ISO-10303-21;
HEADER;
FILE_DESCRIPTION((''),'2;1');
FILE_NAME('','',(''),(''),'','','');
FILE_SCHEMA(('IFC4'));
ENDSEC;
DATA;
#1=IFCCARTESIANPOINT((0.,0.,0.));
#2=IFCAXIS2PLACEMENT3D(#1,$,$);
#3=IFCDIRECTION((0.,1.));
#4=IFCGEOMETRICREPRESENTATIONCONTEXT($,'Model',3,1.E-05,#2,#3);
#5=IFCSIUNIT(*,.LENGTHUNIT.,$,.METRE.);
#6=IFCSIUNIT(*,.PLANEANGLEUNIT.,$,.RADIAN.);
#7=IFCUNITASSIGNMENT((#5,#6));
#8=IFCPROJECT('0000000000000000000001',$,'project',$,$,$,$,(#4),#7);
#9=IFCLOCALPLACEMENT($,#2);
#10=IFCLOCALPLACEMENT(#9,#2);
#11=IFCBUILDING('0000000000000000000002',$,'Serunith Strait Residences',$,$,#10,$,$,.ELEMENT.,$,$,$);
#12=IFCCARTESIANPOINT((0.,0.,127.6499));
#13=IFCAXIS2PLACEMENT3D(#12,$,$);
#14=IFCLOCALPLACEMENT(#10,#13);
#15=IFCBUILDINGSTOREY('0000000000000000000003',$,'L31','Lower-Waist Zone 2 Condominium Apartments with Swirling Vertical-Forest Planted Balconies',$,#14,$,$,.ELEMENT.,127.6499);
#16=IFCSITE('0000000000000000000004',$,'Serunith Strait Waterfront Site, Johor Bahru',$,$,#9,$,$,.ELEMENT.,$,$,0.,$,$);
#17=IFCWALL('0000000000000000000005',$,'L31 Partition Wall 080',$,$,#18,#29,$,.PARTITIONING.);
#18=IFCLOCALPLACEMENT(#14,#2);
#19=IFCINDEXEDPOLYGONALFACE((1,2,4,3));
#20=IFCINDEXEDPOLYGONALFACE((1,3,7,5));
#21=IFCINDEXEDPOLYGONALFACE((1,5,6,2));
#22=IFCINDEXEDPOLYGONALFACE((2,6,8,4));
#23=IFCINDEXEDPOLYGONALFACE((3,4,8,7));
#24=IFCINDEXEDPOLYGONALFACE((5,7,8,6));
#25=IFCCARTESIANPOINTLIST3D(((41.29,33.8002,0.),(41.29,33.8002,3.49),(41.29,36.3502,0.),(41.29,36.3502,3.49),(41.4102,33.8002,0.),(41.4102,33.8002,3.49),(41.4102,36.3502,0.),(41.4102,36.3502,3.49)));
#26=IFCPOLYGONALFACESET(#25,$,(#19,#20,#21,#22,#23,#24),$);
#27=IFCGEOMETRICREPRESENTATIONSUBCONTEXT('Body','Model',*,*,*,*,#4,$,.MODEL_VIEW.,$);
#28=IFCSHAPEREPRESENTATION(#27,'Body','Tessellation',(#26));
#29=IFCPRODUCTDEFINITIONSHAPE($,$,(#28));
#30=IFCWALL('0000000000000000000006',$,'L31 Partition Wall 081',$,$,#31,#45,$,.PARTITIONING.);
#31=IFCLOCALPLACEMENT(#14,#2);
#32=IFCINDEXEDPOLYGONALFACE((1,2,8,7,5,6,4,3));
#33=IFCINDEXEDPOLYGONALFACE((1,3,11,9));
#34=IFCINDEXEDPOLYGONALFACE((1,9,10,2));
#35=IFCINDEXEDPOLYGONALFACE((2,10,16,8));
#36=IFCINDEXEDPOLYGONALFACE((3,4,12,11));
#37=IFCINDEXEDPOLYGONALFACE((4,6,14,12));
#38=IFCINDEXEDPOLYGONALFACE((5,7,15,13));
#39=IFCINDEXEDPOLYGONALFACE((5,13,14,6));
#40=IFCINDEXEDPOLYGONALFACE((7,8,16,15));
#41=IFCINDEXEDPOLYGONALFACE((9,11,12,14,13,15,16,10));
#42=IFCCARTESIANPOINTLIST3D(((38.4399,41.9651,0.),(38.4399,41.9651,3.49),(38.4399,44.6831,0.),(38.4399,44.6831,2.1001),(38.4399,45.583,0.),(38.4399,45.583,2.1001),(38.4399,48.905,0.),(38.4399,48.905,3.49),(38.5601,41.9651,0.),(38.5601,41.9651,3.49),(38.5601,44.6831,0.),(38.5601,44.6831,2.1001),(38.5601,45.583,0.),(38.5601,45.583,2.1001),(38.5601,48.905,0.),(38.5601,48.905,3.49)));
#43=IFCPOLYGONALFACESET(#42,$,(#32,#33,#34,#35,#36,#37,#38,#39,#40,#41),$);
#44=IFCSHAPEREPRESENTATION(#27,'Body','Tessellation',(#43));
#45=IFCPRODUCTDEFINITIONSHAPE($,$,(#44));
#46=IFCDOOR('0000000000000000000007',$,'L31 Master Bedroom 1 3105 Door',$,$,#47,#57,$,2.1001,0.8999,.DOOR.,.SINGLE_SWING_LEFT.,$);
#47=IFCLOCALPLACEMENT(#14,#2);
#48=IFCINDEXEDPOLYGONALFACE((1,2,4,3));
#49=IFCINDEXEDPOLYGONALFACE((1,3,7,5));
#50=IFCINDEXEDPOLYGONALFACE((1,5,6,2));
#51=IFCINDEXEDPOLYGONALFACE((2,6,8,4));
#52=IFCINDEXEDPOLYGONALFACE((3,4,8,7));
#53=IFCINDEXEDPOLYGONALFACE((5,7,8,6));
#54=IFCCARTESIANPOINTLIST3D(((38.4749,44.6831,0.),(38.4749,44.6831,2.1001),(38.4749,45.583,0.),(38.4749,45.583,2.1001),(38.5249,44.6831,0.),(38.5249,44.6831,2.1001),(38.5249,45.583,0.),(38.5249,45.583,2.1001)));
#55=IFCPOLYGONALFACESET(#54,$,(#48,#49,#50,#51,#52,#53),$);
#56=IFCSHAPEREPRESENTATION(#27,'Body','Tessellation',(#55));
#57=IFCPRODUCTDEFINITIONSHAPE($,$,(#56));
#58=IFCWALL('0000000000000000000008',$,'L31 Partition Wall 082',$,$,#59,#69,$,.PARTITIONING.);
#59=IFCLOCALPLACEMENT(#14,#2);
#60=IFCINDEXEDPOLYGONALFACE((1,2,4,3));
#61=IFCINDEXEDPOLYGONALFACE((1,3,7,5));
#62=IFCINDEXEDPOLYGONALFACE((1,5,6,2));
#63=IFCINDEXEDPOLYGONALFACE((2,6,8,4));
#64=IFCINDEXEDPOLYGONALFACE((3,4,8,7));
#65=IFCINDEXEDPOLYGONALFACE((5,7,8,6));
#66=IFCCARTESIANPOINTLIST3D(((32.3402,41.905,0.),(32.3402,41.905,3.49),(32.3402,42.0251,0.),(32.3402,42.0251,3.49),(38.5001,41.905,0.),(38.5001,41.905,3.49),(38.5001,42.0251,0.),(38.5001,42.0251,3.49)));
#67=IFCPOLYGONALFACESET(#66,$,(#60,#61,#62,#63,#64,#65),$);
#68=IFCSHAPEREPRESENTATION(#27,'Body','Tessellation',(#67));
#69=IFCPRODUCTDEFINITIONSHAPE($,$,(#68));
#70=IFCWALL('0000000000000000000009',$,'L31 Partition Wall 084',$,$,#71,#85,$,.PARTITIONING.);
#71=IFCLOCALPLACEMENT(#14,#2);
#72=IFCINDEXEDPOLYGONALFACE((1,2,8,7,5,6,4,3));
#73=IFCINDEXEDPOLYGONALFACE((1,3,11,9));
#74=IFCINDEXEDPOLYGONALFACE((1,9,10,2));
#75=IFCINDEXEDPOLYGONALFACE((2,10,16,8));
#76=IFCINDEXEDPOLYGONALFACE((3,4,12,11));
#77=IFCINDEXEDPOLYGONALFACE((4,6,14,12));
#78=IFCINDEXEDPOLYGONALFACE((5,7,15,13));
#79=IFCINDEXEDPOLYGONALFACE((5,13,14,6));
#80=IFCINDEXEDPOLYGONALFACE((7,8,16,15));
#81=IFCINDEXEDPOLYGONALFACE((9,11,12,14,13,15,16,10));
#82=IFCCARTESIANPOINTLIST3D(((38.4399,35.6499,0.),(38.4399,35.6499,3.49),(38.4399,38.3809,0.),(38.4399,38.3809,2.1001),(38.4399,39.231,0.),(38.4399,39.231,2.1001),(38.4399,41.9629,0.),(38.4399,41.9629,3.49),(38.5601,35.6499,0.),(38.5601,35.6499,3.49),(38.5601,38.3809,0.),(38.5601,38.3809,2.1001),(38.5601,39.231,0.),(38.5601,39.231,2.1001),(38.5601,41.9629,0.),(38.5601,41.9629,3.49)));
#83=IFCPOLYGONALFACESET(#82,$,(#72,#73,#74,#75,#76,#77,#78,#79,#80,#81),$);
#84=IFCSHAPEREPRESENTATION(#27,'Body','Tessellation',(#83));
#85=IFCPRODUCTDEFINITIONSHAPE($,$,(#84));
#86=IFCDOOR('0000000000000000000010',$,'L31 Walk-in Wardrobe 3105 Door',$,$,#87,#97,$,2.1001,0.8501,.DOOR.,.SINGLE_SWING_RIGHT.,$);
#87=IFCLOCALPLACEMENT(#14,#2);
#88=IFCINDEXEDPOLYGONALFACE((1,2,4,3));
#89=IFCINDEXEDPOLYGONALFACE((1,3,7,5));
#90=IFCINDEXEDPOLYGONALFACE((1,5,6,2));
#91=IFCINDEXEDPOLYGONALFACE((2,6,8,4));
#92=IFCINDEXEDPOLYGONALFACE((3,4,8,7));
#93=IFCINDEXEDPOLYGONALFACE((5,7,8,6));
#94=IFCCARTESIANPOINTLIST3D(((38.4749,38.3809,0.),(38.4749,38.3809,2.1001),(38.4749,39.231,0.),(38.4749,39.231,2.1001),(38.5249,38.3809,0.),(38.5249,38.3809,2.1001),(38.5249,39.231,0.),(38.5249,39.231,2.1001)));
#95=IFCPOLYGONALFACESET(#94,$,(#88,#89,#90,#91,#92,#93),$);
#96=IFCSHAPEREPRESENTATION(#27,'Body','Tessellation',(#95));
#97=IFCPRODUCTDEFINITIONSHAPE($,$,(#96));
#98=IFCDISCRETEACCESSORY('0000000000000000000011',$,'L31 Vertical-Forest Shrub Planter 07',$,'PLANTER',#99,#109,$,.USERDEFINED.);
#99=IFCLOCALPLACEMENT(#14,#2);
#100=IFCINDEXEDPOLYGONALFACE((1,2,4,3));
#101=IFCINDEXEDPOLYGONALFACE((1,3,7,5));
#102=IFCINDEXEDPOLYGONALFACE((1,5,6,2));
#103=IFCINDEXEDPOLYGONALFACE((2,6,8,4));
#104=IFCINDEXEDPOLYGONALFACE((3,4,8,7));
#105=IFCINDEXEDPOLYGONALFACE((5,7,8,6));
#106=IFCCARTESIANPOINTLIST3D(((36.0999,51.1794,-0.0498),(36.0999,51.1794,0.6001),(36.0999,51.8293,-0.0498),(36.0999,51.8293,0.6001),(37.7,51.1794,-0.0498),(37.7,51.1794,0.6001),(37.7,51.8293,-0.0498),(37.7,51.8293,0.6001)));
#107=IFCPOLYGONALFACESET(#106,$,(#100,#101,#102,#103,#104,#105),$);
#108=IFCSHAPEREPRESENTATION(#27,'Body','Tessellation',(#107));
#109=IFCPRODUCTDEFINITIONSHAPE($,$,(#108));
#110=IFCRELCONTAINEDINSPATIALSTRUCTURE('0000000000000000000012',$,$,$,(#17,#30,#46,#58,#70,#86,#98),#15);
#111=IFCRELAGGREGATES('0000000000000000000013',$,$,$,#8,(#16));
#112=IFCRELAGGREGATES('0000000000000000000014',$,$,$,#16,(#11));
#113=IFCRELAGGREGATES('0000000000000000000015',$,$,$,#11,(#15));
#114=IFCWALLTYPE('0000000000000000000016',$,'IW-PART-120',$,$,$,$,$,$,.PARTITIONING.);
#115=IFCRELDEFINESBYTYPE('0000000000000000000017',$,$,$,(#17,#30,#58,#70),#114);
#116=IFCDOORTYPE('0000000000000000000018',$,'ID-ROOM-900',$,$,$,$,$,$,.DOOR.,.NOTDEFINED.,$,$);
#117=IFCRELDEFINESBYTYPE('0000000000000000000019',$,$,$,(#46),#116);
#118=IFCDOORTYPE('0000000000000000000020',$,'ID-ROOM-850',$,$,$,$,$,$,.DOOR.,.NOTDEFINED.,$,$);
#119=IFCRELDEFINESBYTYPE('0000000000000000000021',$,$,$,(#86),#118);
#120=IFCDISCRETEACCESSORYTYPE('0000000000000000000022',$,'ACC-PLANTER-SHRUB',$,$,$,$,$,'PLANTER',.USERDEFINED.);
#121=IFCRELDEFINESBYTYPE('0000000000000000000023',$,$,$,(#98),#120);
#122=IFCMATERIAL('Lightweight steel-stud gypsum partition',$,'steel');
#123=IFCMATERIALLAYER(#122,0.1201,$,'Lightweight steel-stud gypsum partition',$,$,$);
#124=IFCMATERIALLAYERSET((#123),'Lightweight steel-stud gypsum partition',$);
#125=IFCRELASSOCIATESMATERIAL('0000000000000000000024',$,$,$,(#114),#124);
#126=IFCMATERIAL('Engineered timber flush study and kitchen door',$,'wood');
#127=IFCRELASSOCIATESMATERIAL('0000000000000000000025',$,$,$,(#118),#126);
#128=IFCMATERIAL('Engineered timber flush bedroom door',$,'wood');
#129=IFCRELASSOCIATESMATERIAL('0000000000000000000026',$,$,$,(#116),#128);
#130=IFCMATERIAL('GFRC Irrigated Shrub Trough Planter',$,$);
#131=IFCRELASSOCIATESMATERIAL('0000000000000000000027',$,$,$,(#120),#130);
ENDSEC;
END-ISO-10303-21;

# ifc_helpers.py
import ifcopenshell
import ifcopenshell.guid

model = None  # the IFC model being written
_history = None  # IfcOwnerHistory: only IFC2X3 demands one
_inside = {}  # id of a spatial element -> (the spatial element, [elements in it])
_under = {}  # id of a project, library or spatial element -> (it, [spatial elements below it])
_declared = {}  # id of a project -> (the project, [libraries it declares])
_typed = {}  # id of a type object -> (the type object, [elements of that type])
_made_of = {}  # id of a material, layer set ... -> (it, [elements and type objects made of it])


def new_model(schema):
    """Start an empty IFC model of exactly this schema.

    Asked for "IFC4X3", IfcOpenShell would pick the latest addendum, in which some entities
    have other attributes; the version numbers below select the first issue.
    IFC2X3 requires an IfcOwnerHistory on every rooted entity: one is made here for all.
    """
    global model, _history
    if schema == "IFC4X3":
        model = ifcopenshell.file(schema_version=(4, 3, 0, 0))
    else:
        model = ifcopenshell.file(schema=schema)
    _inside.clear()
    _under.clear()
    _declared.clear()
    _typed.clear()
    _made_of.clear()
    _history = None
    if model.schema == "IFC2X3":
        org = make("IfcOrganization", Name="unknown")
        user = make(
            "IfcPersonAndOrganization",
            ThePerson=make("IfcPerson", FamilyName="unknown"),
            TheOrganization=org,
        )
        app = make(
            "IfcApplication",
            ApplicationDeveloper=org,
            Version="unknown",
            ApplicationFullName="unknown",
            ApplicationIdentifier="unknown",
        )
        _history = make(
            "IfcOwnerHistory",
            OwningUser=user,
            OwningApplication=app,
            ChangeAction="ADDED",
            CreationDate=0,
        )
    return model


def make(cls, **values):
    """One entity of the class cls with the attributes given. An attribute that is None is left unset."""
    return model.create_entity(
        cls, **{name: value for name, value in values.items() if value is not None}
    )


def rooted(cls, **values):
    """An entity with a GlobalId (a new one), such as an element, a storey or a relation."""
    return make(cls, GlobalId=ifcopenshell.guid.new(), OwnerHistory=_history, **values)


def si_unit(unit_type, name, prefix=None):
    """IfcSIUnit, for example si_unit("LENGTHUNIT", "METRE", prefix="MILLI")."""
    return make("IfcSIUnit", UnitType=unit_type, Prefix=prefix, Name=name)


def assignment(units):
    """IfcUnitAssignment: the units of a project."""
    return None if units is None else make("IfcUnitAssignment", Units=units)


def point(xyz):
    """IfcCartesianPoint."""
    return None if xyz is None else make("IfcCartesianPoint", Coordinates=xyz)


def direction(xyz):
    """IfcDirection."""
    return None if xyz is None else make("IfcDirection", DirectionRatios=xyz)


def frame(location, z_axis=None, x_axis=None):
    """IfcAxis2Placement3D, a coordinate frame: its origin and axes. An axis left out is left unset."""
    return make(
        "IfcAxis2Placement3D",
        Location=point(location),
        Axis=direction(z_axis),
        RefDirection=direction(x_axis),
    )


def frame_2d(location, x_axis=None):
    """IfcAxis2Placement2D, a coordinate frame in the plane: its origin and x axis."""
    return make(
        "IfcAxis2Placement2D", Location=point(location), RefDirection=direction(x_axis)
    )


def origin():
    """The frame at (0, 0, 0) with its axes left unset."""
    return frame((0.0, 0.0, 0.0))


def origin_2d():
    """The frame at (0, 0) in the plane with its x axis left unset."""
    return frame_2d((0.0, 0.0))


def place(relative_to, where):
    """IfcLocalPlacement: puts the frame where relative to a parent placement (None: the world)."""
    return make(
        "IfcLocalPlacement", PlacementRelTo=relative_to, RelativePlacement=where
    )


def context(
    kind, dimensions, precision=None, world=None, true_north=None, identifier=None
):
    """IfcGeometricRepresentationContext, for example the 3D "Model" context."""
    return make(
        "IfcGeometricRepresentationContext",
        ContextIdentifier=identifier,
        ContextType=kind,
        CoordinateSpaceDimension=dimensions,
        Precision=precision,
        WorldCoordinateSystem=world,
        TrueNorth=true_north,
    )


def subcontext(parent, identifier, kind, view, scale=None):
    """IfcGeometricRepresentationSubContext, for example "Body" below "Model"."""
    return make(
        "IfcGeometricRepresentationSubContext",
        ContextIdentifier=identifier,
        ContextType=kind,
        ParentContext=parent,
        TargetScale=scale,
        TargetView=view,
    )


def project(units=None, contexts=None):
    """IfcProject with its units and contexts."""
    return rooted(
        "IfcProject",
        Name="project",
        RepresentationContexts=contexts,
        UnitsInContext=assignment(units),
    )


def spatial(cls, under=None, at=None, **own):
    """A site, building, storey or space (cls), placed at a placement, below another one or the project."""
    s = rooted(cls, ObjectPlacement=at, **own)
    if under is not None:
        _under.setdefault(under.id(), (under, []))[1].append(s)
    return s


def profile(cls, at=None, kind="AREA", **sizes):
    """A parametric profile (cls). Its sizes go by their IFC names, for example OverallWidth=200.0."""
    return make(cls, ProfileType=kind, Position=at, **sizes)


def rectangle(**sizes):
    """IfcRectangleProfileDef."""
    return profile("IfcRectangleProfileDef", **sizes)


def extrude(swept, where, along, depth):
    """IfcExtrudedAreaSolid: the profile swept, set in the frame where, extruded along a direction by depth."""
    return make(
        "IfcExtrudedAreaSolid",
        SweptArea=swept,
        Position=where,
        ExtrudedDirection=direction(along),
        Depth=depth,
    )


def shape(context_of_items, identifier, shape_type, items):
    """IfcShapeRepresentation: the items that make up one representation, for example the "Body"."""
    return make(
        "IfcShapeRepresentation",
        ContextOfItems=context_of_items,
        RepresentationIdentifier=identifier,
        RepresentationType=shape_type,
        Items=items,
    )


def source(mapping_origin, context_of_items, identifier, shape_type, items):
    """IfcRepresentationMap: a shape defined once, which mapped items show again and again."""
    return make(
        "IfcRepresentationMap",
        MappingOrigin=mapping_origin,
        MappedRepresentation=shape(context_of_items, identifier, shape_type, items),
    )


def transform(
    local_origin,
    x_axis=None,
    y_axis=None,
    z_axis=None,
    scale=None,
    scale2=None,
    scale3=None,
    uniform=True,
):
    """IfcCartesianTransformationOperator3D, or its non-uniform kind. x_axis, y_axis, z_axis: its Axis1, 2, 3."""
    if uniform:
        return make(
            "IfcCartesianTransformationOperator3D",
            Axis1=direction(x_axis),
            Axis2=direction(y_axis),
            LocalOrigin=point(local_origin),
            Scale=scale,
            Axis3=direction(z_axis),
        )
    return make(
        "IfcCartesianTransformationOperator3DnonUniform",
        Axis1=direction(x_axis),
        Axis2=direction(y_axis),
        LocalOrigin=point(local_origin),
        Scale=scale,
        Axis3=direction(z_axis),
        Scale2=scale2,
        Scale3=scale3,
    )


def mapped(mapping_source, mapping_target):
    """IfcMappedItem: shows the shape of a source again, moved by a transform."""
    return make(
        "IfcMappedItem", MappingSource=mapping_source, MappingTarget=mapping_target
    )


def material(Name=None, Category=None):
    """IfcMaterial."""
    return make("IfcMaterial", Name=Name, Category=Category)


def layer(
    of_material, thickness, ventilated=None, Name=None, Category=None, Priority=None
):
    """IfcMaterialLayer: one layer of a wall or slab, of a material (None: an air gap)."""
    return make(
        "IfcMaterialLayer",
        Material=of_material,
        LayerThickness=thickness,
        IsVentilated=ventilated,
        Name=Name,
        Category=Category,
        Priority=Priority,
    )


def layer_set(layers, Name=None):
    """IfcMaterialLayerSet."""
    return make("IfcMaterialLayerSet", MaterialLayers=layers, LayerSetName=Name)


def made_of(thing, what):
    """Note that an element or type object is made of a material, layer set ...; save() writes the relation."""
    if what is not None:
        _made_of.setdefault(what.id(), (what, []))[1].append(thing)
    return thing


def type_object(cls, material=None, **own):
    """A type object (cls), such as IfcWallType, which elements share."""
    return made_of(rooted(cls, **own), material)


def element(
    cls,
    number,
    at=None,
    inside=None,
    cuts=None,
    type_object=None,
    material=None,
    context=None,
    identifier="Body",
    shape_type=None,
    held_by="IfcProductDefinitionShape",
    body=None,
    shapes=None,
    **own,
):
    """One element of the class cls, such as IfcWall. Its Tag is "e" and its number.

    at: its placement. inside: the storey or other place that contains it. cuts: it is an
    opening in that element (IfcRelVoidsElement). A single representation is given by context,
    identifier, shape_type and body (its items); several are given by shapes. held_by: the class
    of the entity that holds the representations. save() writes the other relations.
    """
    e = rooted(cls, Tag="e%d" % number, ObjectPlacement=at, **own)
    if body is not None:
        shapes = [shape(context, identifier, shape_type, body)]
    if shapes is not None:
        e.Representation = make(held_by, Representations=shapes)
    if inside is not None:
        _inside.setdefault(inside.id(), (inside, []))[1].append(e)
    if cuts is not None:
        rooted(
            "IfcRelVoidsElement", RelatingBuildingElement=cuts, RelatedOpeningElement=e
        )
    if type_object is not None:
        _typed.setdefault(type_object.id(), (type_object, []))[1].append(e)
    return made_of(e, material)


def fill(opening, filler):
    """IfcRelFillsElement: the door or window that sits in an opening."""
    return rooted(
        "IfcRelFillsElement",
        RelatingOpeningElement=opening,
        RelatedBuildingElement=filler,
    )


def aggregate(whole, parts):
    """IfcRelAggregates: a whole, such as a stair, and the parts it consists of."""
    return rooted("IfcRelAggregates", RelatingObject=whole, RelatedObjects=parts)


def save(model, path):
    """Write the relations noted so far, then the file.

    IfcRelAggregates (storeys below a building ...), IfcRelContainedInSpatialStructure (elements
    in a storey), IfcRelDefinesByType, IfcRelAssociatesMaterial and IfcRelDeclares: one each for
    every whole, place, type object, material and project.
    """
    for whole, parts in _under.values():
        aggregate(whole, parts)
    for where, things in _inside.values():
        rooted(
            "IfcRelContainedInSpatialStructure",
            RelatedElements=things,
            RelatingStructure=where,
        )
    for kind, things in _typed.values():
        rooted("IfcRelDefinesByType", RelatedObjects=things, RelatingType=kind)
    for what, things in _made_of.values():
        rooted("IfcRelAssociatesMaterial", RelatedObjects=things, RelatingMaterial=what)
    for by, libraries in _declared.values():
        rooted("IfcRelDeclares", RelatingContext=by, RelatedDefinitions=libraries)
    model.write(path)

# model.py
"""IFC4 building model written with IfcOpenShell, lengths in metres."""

from ifc_helpers import new_model, si_unit, direction, frame, frame_2d, origin, origin_2d, place, context, subcontext, project, spatial, rectangle, extrude, source, transform, mapped, material, layer, layer_set, type_object, element, fill, save


model = new_model("IFC4")

# Units and contexts
model_context = context("Model", 3, precision=1e-05, world=origin(), true_north=direction((0.0, 1.0)))
body_context = subcontext(model_context, "Body", "Model", "MODEL_VIEW")
ifc_project = project(units=[si_unit("LENGTHUNIT", "METRE"), si_unit("PLANEANGLEUNIT", "RADIAN")], contexts=[model_context])

# Site, building, storey
site_placement = place(None, origin())
site = spatial("IfcSite", under=ifc_project, at=site_placement, Name="Serunith Strait Waterfront Site, Johor Bahru", CompositionType="ELEMENT", RefElevation=0.0)
building_placement = place(site_placement, origin())
building = spatial("IfcBuilding", under=site, at=building_placement, Name="Serunith Strait Residences", CompositionType="ELEMENT")
storey_placement = place(building_placement, frame((0.0, 0.0, 127.6499)))
storey = spatial("IfcBuildingStorey", under=building, at=storey_placement, Name="L31", Description="Lower-Waist Zone 2 Condominium Apartments with Swirling Vertical-Forest Planted Balconies", CompositionType="ELEMENT", Elevation=127.6499)

# Shared definitions
ifc_material_1 = material(Name="Lightweight steel-stud gypsum partition", Category="steel")
ifc_layer_1 = layer(ifc_material_1, 0.1201, Name="Lightweight steel-stud gypsum partition")
ifc_layer_set_1 = layer_set([ifc_layer_1], Name="Lightweight steel-stud gypsum partition")
wall_type_1 = type_object("IfcWallType", Name="IW-PART-120", PredefinedType="PARTITIONING", material=ifc_layer_set_1)
ifc_material_2 = material(Name="Engineered timber flush study and kitchen door", Category="wood")
door_type_1 = type_object("IfcDoorType", Name="ID-ROOM-850", OperationType="NOTDEFINED", PredefinedType="DOOR", material=ifc_material_2)
shared_shape_1 = source(origin(), body_context, "Body", "SweptSolid", [
    extrude(rectangle(XDim=0.8501, YDim=2.1001, at=frame_2d((0.425, 1.05))), frame((0.0, 0.0249, 0.0), z_axis=(0.0, -1.0, 0.0), x_axis=(1.0, 0.0, 0.0)), (0.0, 0.0, 1.0), 0.05),
])

# Wall
wall_1_placement = place(storey_placement, frame((41.3501, 36.3501, 0.0), z_axis=(0.0, 0.0, 1.0), x_axis=(0.0, -1.0, 0.0)))
element("IfcWall", 1, at=wall_1_placement, inside=storey, type_object=wall_type_1, Name="L31 Partition Wall 080", PredefinedType="PARTITIONING", context=body_context, shape_type="SweptSolid", body=[
    extrude(rectangle(XDim=2.55, YDim=0.1201, at=frame_2d((1.2749, 0.0))), origin(), (0.0, 0.0, 1.0), 3.49),
])

# Wall, opening, door
wall_2_placement = place(storey_placement, frame((38.5, 48.905, 0.0), z_axis=(0.0, 0.0, 1.0), x_axis=(0.0, -1.0, 0.0)))
wall_2 = element("IfcWall", 2, at=wall_2_placement, inside=storey, type_object=wall_type_1, Name="L31 Partition Wall 081", PredefinedType="PARTITIONING", context=body_context, shape_type="SweptSolid", body=[
    extrude(rectangle(XDim=6.9399, YDim=0.1201, at=frame_2d((3.47, 0.0))), origin(), (0.0, 0.0, 1.0), 3.49),
])
opening_1_placement = place(wall_2_placement, frame((3.322, 0.0, 0.0)))
opening_1 = element("IfcOpeningElement", 3, at=opening_1_placement, cuts=wall_2, PredefinedType="OPENING", context=body_context, shape_type="SweptSolid", body=[
    extrude(rectangle(XDim=0.8999, YDim=2.1001, at=frame_2d((0.45, 1.05))), frame((0.0, 0.0701, 0.0), z_axis=(0.0, -1.0, 0.0), x_axis=(1.0, 0.0, 0.0)), (0.0, 0.0, 1.0), 0.1401),
])
ifc_material_3 = material(Name="Engineered timber flush bedroom door", Category="wood")
door_type_2 = type_object("IfcDoorType", Name="ID-ROOM-900", OperationType="NOTDEFINED", PredefinedType="DOOR", material=ifc_material_3)
shared_shape_2 = source(origin(), body_context, "Body", "SweptSolid", [
    extrude(rectangle(XDim=0.8999, YDim=2.1001, at=frame_2d((0.45, 1.05))), frame((0.0, 0.0249, 0.0), z_axis=(0.0, -1.0, 0.0), x_axis=(1.0, 0.0, 0.0)), (0.0, 0.0, 1.0), 0.05),
])
door_1_placement = place(opening_1_placement, origin())
door_1 = element("IfcDoor", 4, at=door_1_placement, inside=storey, type_object=door_type_2, Name="L31 Master Bedroom 1 3105 Door", OperationType="SINGLE_SWING_LEFT", OverallHeight=2.1001, OverallWidth=0.8999, PredefinedType="DOOR", context=body_context, shape_type="MappedRepresentation", body=[
    mapped(shared_shape_2, transform((0.0, 0.0, 0.0), scale=1.0)),
])
fill(opening_1, door_1)

# Wall
wall_3_placement = place(storey_placement, frame((32.3401, 41.9651, 0.0), z_axis=(0.0, 0.0, 1.0), x_axis=(1.0, 0.0, 0.0)))
element("IfcWall", 5, at=wall_3_placement, inside=storey, type_object=wall_type_1, Name="L31 Partition Wall 082", PredefinedType="PARTITIONING", context=body_context, shape_type="SweptSolid", body=[
    extrude(rectangle(XDim=6.1599, YDim=0.1201, at=frame_2d((3.0801, 0.0))), origin(), (0.0, 0.0, 1.0), 3.49),
])

# Wall, opening, door
wall_4_placement = place(storey_placement, frame((38.5, 41.9629, 0.0), z_axis=(0.0, 0.0, 1.0), x_axis=(0.0, -1.0, 0.0)))
wall_4 = element("IfcWall", 6, at=wall_4_placement, inside=storey, type_object=wall_type_1, Name="L31 Partition Wall 084", PredefinedType="PARTITIONING", context=body_context, shape_type="SweptSolid", body=[
    extrude(rectangle(XDim=6.313, YDim=0.1201, at=frame_2d((3.1565, 0.0))), origin(), (0.0, 0.0, 1.0), 3.49),
])
opening_2_placement = place(wall_4_placement, frame((2.7319, 0.0, 0.0)))
opening_2 = element("IfcOpeningElement", 7, at=opening_2_placement, cuts=wall_4, PredefinedType="OPENING", context=body_context, shape_type="SweptSolid", body=[
    extrude(rectangle(XDim=0.8501, YDim=2.1001, at=frame_2d((0.425, 1.05))), frame((0.0, 0.0701, 0.0), z_axis=(0.0, -1.0, 0.0), x_axis=(1.0, 0.0, 0.0)), (0.0, 0.0, 1.0), 0.1401),
])
door_2_placement = place(opening_2_placement, origin())
door_2 = element("IfcDoor", 8, at=door_2_placement, inside=storey, type_object=door_type_1, Name="L31 Walk-in Wardrobe 3105 Door", OperationType="SINGLE_SWING_RIGHT", OverallHeight=2.1001, OverallWidth=0.8501, PredefinedType="DOOR", context=body_context, shape_type="MappedRepresentation", body=[
    mapped(shared_shape_1, transform((0.0, 0.0, 0.0), scale=1.0)),
])
fill(opening_2, door_2)

# Discrete accessory
ifc_material_4 = material(Name="GFRC Irrigated Shrub Trough Planter")
discrete_accessory_type = type_object("IfcDiscreteAccessoryType", Name="ACC-PLANTER-SHRUB", ElementType="PLANTER", PredefinedType="USERDEFINED", material=ifc_material_4)
shared_shape_3 = source(origin(), body_context, "Body", "SweptSolid", [
    extrude(rectangle(XDim=1.6001, YDim=0.6499, at=origin_2d()), origin(), (0.0, 0.0, 1.0), 0.6499),
])
discrete_accessory_placement = place(storey_placement, frame((36.8999, 51.5044, -0.0498), z_axis=(0.0, 0.0, 1.0), x_axis=(-1.0, 0.0, 0.0)))
element("IfcDiscreteAccessory", 9, at=discrete_accessory_placement, inside=storey, type_object=discrete_accessory_type, Name="L31 Vertical-Forest Shrub Planter 07", ObjectType="PLANTER", PredefinedType="USERDEFINED", context=body_context, shape_type="MappedRepresentation", body=[
    mapped(shared_shape_3, transform((0.0, 0.0, 0.0), scale=1.0)),
])

save(model, "model.ifc")
